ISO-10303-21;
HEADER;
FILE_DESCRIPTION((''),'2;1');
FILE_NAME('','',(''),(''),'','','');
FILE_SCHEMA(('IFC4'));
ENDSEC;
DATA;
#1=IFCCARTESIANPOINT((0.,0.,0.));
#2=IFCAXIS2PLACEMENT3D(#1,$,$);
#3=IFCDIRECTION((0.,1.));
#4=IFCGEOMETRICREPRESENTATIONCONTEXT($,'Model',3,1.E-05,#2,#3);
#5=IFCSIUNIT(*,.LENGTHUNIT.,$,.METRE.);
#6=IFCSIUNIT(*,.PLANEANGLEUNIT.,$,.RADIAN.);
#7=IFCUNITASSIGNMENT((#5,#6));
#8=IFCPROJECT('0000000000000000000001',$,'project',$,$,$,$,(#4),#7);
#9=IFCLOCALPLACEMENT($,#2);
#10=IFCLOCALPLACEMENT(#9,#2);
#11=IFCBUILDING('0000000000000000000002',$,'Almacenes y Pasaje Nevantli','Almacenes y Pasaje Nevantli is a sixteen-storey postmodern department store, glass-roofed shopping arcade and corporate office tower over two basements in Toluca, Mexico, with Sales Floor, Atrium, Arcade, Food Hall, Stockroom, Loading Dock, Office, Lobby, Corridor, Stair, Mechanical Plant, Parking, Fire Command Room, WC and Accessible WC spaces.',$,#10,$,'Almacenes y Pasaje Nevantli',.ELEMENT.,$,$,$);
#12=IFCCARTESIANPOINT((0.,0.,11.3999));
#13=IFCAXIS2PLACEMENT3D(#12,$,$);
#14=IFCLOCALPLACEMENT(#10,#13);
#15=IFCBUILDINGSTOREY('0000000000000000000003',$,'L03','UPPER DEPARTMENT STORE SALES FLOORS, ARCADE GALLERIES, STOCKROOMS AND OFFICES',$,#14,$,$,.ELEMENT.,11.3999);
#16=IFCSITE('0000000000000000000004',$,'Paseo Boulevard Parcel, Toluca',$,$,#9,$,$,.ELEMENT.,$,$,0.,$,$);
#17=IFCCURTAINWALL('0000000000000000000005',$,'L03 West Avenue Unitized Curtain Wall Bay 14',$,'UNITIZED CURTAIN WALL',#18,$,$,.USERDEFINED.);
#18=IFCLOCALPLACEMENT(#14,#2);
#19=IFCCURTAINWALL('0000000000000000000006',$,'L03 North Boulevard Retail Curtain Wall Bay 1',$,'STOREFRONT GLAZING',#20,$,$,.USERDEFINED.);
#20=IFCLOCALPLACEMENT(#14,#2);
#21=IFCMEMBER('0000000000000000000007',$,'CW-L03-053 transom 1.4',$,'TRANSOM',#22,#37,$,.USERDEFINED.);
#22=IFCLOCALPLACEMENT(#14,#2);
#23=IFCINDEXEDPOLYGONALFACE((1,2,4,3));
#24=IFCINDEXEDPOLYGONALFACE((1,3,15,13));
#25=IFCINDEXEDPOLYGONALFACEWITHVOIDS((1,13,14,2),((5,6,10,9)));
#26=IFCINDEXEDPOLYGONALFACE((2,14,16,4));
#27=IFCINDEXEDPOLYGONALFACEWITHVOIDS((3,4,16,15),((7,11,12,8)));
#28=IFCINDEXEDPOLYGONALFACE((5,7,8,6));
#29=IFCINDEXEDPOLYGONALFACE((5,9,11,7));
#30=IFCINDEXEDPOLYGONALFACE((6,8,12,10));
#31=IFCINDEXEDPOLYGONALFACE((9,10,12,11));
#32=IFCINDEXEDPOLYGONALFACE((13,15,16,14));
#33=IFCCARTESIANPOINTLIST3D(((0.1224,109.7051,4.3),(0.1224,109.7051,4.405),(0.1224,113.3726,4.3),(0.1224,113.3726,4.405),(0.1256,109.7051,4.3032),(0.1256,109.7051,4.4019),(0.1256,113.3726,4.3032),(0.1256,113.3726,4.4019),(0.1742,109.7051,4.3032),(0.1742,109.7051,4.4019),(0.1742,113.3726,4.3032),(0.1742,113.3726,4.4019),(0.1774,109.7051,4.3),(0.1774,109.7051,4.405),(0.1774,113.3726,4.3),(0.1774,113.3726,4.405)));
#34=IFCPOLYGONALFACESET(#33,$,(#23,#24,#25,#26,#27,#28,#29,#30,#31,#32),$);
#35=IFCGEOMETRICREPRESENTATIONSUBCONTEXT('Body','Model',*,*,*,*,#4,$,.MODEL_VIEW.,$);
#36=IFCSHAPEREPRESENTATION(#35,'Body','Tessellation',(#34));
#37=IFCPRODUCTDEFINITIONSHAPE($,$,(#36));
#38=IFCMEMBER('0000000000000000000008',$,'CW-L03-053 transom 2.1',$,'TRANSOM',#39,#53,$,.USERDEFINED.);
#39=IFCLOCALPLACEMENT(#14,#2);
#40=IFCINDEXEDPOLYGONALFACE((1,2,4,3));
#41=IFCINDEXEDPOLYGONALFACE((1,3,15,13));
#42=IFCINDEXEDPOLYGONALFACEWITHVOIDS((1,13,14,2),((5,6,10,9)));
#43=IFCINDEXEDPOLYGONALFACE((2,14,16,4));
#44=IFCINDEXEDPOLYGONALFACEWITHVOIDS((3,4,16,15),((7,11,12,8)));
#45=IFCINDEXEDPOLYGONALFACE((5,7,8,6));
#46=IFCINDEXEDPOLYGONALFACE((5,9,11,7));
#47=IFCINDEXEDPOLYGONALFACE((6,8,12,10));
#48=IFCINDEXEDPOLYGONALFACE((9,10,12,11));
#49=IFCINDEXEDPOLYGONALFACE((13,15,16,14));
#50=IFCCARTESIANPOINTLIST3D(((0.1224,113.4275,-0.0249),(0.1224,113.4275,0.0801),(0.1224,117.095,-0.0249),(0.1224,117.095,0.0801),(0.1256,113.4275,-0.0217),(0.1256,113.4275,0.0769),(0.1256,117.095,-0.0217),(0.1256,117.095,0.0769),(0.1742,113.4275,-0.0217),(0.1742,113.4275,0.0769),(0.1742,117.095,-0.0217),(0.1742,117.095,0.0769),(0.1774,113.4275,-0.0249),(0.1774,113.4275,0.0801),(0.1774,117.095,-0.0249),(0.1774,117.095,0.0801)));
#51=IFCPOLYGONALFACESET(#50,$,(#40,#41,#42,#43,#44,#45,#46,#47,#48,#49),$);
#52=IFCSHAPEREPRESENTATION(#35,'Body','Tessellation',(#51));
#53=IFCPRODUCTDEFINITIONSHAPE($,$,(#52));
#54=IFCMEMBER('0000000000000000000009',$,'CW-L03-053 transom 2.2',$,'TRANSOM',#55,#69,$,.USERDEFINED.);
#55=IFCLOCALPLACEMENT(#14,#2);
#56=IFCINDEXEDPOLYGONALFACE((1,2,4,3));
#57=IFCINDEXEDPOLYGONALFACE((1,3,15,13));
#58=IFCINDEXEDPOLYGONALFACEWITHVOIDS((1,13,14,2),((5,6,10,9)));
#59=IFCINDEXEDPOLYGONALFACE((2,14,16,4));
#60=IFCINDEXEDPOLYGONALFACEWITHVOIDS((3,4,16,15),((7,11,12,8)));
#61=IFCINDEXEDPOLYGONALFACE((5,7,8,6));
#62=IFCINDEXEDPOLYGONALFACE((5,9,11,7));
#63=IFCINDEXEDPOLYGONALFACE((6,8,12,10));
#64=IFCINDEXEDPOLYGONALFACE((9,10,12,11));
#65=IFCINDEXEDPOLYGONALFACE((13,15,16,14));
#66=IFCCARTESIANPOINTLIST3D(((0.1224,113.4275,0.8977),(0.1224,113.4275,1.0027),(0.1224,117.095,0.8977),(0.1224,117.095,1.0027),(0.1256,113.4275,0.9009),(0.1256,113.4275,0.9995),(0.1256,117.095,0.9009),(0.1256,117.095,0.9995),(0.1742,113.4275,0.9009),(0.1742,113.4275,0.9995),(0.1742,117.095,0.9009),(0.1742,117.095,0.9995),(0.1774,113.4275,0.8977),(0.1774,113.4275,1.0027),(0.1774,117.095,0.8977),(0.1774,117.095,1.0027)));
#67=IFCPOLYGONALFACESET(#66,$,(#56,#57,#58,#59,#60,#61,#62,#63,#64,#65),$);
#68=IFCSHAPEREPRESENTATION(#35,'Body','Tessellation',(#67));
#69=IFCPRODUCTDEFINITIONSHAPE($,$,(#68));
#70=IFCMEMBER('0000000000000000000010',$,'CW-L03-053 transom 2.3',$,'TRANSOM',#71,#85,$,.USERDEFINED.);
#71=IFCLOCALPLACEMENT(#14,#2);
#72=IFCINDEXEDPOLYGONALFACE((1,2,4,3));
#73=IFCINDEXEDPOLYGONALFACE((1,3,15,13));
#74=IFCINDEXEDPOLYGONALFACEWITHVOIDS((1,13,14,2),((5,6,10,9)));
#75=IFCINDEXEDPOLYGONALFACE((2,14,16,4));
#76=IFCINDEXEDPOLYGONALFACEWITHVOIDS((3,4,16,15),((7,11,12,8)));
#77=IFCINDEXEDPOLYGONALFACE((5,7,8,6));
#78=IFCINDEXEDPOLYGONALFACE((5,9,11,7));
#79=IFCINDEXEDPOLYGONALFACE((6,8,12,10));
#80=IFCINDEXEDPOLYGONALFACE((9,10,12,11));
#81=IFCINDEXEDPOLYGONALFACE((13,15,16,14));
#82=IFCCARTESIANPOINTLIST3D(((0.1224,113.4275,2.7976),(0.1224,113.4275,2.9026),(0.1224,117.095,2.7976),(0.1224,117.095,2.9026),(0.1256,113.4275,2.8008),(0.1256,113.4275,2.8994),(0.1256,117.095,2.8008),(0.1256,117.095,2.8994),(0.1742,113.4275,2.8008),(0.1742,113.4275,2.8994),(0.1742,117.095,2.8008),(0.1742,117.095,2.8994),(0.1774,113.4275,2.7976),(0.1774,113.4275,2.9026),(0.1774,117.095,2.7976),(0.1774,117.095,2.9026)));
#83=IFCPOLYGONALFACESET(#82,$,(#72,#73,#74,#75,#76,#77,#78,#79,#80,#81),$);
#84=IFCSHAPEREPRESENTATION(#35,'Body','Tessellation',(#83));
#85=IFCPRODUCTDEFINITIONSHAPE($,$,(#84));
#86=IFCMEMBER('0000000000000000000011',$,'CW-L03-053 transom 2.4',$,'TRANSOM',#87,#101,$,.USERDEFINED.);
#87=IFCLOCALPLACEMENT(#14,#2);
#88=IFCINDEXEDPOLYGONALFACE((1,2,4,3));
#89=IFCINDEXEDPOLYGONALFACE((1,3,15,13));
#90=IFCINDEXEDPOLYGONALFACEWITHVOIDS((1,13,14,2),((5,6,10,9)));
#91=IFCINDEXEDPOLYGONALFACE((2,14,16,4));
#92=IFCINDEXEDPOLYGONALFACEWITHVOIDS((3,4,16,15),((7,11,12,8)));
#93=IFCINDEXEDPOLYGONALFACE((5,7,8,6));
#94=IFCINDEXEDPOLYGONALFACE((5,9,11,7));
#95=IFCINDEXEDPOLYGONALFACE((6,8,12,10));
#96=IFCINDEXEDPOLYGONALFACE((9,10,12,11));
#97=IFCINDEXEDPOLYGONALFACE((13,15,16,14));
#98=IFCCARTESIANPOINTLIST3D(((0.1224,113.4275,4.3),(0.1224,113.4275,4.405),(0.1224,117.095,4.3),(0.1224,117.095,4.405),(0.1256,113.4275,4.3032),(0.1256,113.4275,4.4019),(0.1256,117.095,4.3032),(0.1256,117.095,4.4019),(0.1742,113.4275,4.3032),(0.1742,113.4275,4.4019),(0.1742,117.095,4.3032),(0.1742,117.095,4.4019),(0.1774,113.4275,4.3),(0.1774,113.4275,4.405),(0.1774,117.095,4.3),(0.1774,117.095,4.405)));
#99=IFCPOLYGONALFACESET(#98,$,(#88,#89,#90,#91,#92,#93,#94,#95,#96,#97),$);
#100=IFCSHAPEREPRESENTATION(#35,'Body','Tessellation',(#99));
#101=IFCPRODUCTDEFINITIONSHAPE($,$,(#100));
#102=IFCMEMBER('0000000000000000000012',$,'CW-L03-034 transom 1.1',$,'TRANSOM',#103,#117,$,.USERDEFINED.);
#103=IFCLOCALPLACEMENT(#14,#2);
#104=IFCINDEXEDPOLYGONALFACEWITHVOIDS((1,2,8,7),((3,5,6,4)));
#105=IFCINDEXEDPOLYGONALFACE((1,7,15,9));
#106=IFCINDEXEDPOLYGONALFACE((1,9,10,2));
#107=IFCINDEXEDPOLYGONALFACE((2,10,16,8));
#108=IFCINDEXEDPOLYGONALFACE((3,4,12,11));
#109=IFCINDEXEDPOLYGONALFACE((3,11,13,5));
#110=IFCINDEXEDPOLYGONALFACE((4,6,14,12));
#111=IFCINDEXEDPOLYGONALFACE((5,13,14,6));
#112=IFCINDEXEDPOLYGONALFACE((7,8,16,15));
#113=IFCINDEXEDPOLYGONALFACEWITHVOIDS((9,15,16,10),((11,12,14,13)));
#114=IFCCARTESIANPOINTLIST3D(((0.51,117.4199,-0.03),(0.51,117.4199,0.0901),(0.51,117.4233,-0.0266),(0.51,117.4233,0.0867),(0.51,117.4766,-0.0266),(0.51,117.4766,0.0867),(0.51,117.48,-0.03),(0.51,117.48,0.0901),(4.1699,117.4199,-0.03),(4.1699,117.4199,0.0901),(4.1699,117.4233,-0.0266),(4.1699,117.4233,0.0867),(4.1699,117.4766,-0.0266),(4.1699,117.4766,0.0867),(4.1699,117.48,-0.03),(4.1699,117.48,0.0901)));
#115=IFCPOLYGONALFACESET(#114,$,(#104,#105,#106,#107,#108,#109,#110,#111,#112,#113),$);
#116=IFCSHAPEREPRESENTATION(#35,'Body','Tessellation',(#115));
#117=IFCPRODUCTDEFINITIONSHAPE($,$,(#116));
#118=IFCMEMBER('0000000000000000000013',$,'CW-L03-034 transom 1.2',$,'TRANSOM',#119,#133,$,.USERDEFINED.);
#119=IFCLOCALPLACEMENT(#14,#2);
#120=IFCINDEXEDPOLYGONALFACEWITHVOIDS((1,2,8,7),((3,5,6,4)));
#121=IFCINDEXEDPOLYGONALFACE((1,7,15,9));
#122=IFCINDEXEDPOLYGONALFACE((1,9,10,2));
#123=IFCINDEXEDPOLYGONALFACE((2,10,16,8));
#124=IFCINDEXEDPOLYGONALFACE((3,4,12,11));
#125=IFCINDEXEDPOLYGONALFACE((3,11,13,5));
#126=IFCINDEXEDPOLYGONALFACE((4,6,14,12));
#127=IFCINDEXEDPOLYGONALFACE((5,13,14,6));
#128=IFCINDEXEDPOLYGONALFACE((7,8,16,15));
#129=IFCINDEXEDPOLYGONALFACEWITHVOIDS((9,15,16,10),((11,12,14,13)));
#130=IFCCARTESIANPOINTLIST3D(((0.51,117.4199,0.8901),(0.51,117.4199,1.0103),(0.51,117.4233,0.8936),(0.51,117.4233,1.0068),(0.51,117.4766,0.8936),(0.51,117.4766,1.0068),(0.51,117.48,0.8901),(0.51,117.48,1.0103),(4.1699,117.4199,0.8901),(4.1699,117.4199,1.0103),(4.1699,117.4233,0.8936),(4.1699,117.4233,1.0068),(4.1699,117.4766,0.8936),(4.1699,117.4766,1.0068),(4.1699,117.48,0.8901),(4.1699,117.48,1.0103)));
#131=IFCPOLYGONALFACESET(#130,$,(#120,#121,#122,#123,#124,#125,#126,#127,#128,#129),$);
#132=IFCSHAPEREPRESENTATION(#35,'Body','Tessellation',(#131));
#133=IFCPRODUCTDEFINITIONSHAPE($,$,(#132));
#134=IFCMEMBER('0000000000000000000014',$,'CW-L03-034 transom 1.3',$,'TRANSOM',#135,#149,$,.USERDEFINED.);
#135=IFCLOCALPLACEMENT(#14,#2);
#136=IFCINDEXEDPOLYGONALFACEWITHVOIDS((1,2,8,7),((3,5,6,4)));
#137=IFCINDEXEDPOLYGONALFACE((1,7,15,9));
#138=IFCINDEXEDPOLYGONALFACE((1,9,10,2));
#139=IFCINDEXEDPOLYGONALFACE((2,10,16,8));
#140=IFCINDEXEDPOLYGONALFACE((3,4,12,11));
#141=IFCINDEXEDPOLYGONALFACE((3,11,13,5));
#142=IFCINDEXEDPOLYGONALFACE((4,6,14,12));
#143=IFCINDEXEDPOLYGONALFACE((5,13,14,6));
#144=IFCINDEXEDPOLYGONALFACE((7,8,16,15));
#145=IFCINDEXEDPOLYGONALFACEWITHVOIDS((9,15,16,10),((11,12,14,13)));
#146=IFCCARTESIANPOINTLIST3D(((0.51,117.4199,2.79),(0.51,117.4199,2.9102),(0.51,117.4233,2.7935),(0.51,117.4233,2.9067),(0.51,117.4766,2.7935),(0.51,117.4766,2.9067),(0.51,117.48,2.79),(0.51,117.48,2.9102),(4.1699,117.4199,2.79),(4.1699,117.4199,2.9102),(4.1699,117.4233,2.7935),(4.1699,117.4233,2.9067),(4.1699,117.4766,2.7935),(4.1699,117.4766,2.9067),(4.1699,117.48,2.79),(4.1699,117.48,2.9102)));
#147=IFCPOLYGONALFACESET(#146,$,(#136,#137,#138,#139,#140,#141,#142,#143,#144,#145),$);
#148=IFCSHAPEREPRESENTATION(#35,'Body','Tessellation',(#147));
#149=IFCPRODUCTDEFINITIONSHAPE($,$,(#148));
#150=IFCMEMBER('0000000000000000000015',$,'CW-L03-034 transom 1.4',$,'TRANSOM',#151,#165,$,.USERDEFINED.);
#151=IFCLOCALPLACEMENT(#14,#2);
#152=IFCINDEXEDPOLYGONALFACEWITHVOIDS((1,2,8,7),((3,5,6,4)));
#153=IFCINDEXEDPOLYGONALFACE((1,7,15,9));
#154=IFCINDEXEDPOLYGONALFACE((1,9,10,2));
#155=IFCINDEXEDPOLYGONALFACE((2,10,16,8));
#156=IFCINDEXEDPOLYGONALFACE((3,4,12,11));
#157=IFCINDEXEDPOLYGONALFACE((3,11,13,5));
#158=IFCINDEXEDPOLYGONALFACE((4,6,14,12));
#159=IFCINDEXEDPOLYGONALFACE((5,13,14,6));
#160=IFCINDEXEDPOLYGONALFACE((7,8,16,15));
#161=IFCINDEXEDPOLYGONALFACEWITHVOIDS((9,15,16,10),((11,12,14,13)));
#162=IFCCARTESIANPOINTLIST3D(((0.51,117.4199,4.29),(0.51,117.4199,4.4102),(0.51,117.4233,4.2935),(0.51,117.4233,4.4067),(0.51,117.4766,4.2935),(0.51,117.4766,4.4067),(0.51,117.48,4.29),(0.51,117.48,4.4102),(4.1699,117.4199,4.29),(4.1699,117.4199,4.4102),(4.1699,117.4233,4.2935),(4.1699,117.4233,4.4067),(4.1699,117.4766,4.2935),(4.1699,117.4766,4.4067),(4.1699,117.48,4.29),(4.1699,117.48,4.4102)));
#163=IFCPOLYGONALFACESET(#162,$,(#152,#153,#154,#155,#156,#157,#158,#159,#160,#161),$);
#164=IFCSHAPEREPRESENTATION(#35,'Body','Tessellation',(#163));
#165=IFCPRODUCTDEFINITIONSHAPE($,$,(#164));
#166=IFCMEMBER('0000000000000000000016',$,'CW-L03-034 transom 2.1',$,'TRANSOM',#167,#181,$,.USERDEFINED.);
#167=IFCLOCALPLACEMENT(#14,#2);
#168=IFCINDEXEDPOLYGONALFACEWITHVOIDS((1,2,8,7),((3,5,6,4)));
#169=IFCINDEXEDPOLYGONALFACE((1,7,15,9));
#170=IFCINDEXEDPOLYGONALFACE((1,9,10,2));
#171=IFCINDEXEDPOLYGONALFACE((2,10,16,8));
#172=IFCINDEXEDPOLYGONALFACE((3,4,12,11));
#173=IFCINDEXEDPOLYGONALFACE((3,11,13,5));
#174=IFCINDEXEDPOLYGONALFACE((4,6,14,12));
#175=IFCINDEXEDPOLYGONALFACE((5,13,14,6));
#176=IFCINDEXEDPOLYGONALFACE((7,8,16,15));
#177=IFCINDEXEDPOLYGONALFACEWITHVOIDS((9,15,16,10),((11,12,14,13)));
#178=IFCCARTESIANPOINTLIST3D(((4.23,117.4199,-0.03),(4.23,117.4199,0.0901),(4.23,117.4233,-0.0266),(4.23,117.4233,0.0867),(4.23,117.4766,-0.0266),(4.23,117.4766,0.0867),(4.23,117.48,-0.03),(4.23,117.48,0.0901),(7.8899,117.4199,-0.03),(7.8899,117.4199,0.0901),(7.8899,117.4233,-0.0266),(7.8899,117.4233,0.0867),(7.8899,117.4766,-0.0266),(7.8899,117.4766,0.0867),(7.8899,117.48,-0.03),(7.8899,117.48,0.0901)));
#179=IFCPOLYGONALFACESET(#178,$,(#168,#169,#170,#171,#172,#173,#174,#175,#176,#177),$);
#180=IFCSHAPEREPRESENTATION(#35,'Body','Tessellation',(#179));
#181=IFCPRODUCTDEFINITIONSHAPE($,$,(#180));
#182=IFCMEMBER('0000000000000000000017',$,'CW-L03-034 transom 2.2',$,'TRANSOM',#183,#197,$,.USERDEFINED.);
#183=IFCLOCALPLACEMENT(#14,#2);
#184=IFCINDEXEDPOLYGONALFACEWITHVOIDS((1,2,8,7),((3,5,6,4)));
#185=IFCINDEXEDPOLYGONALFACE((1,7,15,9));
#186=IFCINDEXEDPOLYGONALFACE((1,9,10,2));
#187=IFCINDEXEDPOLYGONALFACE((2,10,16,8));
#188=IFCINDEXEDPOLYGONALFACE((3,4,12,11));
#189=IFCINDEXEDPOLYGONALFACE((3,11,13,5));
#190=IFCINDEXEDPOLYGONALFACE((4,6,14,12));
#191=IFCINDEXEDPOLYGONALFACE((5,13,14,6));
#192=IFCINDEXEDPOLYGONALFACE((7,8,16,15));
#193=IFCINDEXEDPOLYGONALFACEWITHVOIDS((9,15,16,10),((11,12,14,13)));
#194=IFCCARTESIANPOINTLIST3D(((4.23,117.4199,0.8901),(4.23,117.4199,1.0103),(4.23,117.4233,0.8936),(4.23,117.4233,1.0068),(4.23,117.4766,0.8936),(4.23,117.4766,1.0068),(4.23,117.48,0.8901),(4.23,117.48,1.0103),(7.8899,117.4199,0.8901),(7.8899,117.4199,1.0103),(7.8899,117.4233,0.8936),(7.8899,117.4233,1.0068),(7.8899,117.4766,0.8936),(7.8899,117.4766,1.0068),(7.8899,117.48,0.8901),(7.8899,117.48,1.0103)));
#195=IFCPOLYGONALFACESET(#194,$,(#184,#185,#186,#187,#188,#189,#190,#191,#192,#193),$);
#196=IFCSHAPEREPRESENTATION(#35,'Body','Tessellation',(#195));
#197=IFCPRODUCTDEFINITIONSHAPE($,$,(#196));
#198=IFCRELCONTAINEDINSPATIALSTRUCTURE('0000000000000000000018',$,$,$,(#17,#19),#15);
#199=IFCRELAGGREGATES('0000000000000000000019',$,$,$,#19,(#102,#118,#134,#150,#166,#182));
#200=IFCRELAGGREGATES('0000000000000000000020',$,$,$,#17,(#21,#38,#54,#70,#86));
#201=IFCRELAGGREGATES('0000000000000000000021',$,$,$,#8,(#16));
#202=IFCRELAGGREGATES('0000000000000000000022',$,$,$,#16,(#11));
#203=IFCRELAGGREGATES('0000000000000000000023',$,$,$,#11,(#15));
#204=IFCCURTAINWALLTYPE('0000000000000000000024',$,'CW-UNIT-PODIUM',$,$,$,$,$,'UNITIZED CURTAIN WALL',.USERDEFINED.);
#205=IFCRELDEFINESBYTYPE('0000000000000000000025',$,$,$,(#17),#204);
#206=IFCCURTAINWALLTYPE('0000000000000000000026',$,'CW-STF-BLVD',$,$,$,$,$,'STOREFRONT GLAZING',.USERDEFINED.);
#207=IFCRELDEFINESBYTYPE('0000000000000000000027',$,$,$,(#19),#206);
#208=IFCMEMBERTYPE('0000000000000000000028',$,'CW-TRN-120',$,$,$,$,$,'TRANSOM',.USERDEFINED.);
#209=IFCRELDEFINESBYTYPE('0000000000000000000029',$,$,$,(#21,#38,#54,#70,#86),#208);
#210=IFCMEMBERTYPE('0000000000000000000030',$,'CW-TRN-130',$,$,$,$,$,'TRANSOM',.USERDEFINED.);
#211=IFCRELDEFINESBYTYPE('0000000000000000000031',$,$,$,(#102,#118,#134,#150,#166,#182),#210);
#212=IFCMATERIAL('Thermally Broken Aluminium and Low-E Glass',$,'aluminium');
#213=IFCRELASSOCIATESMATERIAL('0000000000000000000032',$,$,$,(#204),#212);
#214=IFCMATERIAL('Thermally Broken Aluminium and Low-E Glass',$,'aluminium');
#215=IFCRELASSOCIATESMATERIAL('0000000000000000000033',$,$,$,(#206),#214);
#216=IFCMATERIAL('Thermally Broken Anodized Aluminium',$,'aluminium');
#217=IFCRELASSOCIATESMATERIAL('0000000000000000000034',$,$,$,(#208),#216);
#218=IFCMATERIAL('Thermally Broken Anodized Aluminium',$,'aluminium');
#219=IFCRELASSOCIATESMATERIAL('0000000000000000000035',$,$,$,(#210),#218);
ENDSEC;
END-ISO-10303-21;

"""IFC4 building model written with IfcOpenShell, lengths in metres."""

from ifc_helpers import new_model, si_unit, direction, frame, origin, origin_2d, place, context, subcontext, project, spatial, hollow_rectangle, extrude, material, material_profile, profile_set, type_object, element, aggregate, save


model = new_model("IFC4")

# Units and contexts
model_context = context("Model", 3, precision=1e-05, world=origin(), true_north=direction((0.0, 1.0)))
body_context = subcontext(model_context, "Body", "Model", "MODEL_VIEW")
ifc_project = project(units=[si_unit("LENGTHUNIT", "METRE"), si_unit("PLANEANGLEUNIT", "RADIAN")], contexts=[model_context])

# Site, building, storey
site_placement = place(None, origin())
site = spatial("IfcSite", under=ifc_project, at=site_placement, Name="Paseo Boulevard Parcel, Toluca", CompositionType="ELEMENT", RefElevation=0.0)
building_placement = place(site_placement, origin())
building = spatial("IfcBuilding", under=site, at=building_placement, Name="Almacenes y Pasaje Nevantli", Description="Almacenes y Pasaje Nevantli is a sixteen-storey postmodern department store, glass-roofed shopping arcade and corporate office tower over two basements in Toluca, Mexico, with Sales Floor, Atrium, Arcade, Food Hall, Stockroom, Loading Dock, Office, Lobby, Corridor, Stair, Mechanical Plant, Parking, Fire Command Room, WC and Accessible WC spaces.", LongName="Almacenes y Pasaje Nevantli", CompositionType="ELEMENT")
storey_placement = place(building_placement, frame((0.0, 0.0, 11.3999)))
storey = spatial("IfcBuildingStorey", under=building, at=storey_placement, Name="L03", Description="UPPER DEPARTMENT STORE SALES FLOORS, ARCADE GALLERIES, STOCKROOMS AND OFFICES", CompositionType="ELEMENT", Elevation=11.3999)

# Curtain walls
ifc_material_1 = material(Name="Thermally Broken Aluminium and Low-E Glass", Category="aluminium")
curtain_wall_type_1 = type_object("IfcCurtainWallType", Name="CW-UNIT-PODIUM", ElementType="UNITIZED CURTAIN WALL", PredefinedType="USERDEFINED", material=ifc_material_1)
curtain_wall_1_placement = place(storey_placement, origin())
curtain_wall_1 = element("IfcCurtainWall", 1, at=curtain_wall_1_placement, inside=storey, type_object=curtain_wall_type_1, Name="L03 West Avenue Unitized Curtain Wall Bay 14", ObjectType="UNITIZED CURTAIN WALL", PredefinedType="USERDEFINED")
ifc_material_2 = material(Name="Thermally Broken Aluminium and Low-E Glass", Category="aluminium")
curtain_wall_type_2 = type_object("IfcCurtainWallType", Name="CW-STF-BLVD", ElementType="STOREFRONT GLAZING", PredefinedType="USERDEFINED", material=ifc_material_2)
curtain_wall_2_placement = place(storey_placement, origin())
curtain_wall_2 = element("IfcCurtainWall", 2, at=curtain_wall_2_placement, inside=storey, type_object=curtain_wall_type_2, Name="L03 North Boulevard Retail Curtain Wall Bay 1", ObjectType="STOREFRONT GLAZING", PredefinedType="USERDEFINED")

# Members
ifc_material_3 = material(Name="Thermally Broken Anodized Aluminium", Category="aluminium")
ifc_material_profile_1 = material_profile(ifc_material_3, hollow_rectangle(XDim=0.0549, YDim=0.105, WallThickness=0.0032, at=origin_2d()), Name="ALU-TRN-55x105")
ifc_profile_set_1 = profile_set([ifc_material_profile_1], Name="Thermally Broken Anodized Aluminium")
member_type_1 = type_object("IfcMemberType", Name="CW-TRN-120", ElementType="TRANSOM", PredefinedType="USERDEFINED", material=ifc_profile_set_1)
member_1_placement = place(storey_placement, frame((0.1499, 109.7051, 4.3525), z_axis=(0.0, 1.0, 0.0), x_axis=(-1.0, 0.0, 0.0)))
member_1 = element("IfcMember", 3, at=member_1_placement, type_object=member_type_1, Name="CW-L03-053 transom 1.4", ObjectType="TRANSOM", PredefinedType="USERDEFINED", context=body_context, shape_type="SweptSolid", body=[
    extrude(hollow_rectangle(XDim=0.0549, YDim=0.105, WallThickness=0.0032, at=origin_2d()), origin(), (0.0, 0.0, 1.0), 3.6675),
])
member_2_placement = place(storey_placement, frame((0.1499, 113.4275, 0.0276), z_axis=(0.0, 1.0, 0.0), x_axis=(-1.0, 0.0, 0.0)))
member_2 = element("IfcMember", 4, at=member_2_placement, type_object=member_type_1, Name="CW-L03-053 transom 2.1", ObjectType="TRANSOM", PredefinedType="USERDEFINED", context=body_context, shape_type="SweptSolid", body=[
    extrude(hollow_rectangle(XDim=0.0549, YDim=0.105, WallThickness=0.0032, at=origin_2d()), origin(), (0.0, 0.0, 1.0), 3.6675),
])
member_3_placement = place(storey_placement, frame((0.1499, 113.4275, 0.9502), z_axis=(0.0, 1.0, 0.0), x_axis=(-1.0, 0.0, 0.0)))
member_3 = element("IfcMember", 5, at=member_3_placement, type_object=member_type_1, Name="CW-L03-053 transom 2.2", ObjectType="TRANSOM", PredefinedType="USERDEFINED", context=body_context, shape_type="SweptSolid", body=[
    extrude(hollow_rectangle(XDim=0.0549, YDim=0.105, WallThickness=0.0032, at=origin_2d()), origin(), (0.0, 0.0, 1.0), 3.6675),
])
member_4_placement = place(storey_placement, frame((0.1499, 113.4275, 2.8501), z_axis=(0.0, 1.0, 0.0), x_axis=(-1.0, 0.0, 0.0)))
member_4 = element("IfcMember", 6, at=member_4_placement, type_object=member_type_1, Name="CW-L03-053 transom 2.3", ObjectType="TRANSOM", PredefinedType="USERDEFINED", context=body_context, shape_type="SweptSolid", body=[
    extrude(hollow_rectangle(XDim=0.0549, YDim=0.105, WallThickness=0.0032, at=origin_2d()), origin(), (0.0, 0.0, 1.0), 3.6675),
])
member_5_placement = place(storey_placement, frame((0.1499, 113.4275, 4.3525), z_axis=(0.0, 1.0, 0.0), x_axis=(-1.0, 0.0, 0.0)))
member_5 = element("IfcMember", 7, at=member_5_placement, type_object=member_type_1, Name="CW-L03-053 transom 2.4", ObjectType="TRANSOM", PredefinedType="USERDEFINED", context=body_context, shape_type="SweptSolid", body=[
    extrude(hollow_rectangle(XDim=0.0549, YDim=0.105, WallThickness=0.0032, at=origin_2d()), origin(), (0.0, 0.0, 1.0), 3.6675),
])
ifc_material_4 = material(Name="Thermally Broken Anodized Aluminium", Category="aluminium")
ifc_material_profile_2 = material_profile(ifc_material_4, hollow_rectangle(XDim=0.0601, YDim=0.1201, WallThickness=0.0034, at=origin_2d()), Name="ALU-TRN-60x120")
ifc_profile_set_2 = profile_set([ifc_material_profile_2], Name="Thermally Broken Anodized Aluminium")
member_type_2 = type_object("IfcMemberType", Name="CW-TRN-130", ElementType="TRANSOM", PredefinedType="USERDEFINED", material=ifc_profile_set_2)
member_6_placement = place(storey_placement, frame((0.51, 117.45, 0.03), z_axis=(1.0, 0.0, 0.0), x_axis=(0.0, 1.0, 0.0)))
member_6 = element("IfcMember", 8, at=member_6_placement, type_object=member_type_2, Name="CW-L03-034 transom 1.1", ObjectType="TRANSOM", PredefinedType="USERDEFINED", context=body_context, shape_type="SweptSolid", body=[
    extrude(hollow_rectangle(XDim=0.0601, YDim=0.1201, WallThickness=0.0034, at=origin_2d()), origin(), (0.0, 0.0, 1.0), 3.6599),
])
member_7_placement = place(storey_placement, frame((0.51, 117.45, 0.9502), z_axis=(1.0, 0.0, 0.0), x_axis=(0.0, 1.0, 0.0)))
member_7 = element("IfcMember", 9, at=member_7_placement, type_object=member_type_2, Name="CW-L03-034 transom 1.2", ObjectType="TRANSOM", PredefinedType="USERDEFINED", context=body_context, shape_type="SweptSolid", body=[
    extrude(hollow_rectangle(XDim=0.0601, YDim=0.1201, WallThickness=0.0034, at=origin_2d()), origin(), (0.0, 0.0, 1.0), 3.6599),
])
member_8_placement = place(storey_placement, frame((0.51, 117.45, 2.8501), z_axis=(1.0, 0.0, 0.0), x_axis=(0.0, 1.0, 0.0)))
member_8 = element("IfcMember", 10, at=member_8_placement, type_object=member_type_2, Name="CW-L03-034 transom 1.3", ObjectType="TRANSOM", PredefinedType="USERDEFINED", context=body_context, shape_type="SweptSolid", body=[
    extrude(hollow_rectangle(XDim=0.0601, YDim=0.1201, WallThickness=0.0034, at=origin_2d()), origin(), (0.0, 0.0, 1.0), 3.6599),
])
member_9_placement = place(storey_placement, frame((0.51, 117.45, 4.3501), z_axis=(1.0, 0.0, 0.0), x_axis=(0.0, 1.0, 0.0)))
member_9 = element("IfcMember", 11, at=member_9_placement, type_object=member_type_2, Name="CW-L03-034 transom 1.4", ObjectType="TRANSOM", PredefinedType="USERDEFINED", context=body_context, shape_type="SweptSolid", body=[
    extrude(hollow_rectangle(XDim=0.0601, YDim=0.1201, WallThickness=0.0034, at=origin_2d()), origin(), (0.0, 0.0, 1.0), 3.6599),
])
member_10_placement = place(storey_placement, frame((4.23, 117.45, 0.03), z_axis=(1.0, 0.0, 0.0), x_axis=(0.0, 1.0, 0.0)))
member_10 = element("IfcMember", 12, at=member_10_placement, type_object=member_type_2, Name="CW-L03-034 transom 2.1", ObjectType="TRANSOM", PredefinedType="USERDEFINED", context=body_context, shape_type="SweptSolid", body=[
    extrude(hollow_rectangle(XDim=0.0601, YDim=0.1201, WallThickness=0.0034, at=origin_2d()), origin(), (0.0, 0.0, 1.0), 3.6599),
])
member_11_placement = place(storey_placement, frame((4.23, 117.45, 0.9502), z_axis=(1.0, 0.0, 0.0), x_axis=(0.0, 1.0, 0.0)))
member_11 = element("IfcMember", 13, at=member_11_placement, type_object=member_type_2, Name="CW-L03-034 transom 2.2", ObjectType="TRANSOM", PredefinedType="USERDEFINED", context=body_context, shape_type="SweptSolid", body=[
    extrude(hollow_rectangle(XDim=0.0601, YDim=0.1201, WallThickness=0.0034, at=origin_2d()), origin(), (0.0, 0.0, 1.0), 3.6599),
])

aggregate(curtain_wall_2, [member_6, member_7, member_8, member_9, member_10, member_11])
aggregate(curtain_wall_1, [member_1, member_2, member_3, member_4, member_5])

save(model, "model.ifc")
